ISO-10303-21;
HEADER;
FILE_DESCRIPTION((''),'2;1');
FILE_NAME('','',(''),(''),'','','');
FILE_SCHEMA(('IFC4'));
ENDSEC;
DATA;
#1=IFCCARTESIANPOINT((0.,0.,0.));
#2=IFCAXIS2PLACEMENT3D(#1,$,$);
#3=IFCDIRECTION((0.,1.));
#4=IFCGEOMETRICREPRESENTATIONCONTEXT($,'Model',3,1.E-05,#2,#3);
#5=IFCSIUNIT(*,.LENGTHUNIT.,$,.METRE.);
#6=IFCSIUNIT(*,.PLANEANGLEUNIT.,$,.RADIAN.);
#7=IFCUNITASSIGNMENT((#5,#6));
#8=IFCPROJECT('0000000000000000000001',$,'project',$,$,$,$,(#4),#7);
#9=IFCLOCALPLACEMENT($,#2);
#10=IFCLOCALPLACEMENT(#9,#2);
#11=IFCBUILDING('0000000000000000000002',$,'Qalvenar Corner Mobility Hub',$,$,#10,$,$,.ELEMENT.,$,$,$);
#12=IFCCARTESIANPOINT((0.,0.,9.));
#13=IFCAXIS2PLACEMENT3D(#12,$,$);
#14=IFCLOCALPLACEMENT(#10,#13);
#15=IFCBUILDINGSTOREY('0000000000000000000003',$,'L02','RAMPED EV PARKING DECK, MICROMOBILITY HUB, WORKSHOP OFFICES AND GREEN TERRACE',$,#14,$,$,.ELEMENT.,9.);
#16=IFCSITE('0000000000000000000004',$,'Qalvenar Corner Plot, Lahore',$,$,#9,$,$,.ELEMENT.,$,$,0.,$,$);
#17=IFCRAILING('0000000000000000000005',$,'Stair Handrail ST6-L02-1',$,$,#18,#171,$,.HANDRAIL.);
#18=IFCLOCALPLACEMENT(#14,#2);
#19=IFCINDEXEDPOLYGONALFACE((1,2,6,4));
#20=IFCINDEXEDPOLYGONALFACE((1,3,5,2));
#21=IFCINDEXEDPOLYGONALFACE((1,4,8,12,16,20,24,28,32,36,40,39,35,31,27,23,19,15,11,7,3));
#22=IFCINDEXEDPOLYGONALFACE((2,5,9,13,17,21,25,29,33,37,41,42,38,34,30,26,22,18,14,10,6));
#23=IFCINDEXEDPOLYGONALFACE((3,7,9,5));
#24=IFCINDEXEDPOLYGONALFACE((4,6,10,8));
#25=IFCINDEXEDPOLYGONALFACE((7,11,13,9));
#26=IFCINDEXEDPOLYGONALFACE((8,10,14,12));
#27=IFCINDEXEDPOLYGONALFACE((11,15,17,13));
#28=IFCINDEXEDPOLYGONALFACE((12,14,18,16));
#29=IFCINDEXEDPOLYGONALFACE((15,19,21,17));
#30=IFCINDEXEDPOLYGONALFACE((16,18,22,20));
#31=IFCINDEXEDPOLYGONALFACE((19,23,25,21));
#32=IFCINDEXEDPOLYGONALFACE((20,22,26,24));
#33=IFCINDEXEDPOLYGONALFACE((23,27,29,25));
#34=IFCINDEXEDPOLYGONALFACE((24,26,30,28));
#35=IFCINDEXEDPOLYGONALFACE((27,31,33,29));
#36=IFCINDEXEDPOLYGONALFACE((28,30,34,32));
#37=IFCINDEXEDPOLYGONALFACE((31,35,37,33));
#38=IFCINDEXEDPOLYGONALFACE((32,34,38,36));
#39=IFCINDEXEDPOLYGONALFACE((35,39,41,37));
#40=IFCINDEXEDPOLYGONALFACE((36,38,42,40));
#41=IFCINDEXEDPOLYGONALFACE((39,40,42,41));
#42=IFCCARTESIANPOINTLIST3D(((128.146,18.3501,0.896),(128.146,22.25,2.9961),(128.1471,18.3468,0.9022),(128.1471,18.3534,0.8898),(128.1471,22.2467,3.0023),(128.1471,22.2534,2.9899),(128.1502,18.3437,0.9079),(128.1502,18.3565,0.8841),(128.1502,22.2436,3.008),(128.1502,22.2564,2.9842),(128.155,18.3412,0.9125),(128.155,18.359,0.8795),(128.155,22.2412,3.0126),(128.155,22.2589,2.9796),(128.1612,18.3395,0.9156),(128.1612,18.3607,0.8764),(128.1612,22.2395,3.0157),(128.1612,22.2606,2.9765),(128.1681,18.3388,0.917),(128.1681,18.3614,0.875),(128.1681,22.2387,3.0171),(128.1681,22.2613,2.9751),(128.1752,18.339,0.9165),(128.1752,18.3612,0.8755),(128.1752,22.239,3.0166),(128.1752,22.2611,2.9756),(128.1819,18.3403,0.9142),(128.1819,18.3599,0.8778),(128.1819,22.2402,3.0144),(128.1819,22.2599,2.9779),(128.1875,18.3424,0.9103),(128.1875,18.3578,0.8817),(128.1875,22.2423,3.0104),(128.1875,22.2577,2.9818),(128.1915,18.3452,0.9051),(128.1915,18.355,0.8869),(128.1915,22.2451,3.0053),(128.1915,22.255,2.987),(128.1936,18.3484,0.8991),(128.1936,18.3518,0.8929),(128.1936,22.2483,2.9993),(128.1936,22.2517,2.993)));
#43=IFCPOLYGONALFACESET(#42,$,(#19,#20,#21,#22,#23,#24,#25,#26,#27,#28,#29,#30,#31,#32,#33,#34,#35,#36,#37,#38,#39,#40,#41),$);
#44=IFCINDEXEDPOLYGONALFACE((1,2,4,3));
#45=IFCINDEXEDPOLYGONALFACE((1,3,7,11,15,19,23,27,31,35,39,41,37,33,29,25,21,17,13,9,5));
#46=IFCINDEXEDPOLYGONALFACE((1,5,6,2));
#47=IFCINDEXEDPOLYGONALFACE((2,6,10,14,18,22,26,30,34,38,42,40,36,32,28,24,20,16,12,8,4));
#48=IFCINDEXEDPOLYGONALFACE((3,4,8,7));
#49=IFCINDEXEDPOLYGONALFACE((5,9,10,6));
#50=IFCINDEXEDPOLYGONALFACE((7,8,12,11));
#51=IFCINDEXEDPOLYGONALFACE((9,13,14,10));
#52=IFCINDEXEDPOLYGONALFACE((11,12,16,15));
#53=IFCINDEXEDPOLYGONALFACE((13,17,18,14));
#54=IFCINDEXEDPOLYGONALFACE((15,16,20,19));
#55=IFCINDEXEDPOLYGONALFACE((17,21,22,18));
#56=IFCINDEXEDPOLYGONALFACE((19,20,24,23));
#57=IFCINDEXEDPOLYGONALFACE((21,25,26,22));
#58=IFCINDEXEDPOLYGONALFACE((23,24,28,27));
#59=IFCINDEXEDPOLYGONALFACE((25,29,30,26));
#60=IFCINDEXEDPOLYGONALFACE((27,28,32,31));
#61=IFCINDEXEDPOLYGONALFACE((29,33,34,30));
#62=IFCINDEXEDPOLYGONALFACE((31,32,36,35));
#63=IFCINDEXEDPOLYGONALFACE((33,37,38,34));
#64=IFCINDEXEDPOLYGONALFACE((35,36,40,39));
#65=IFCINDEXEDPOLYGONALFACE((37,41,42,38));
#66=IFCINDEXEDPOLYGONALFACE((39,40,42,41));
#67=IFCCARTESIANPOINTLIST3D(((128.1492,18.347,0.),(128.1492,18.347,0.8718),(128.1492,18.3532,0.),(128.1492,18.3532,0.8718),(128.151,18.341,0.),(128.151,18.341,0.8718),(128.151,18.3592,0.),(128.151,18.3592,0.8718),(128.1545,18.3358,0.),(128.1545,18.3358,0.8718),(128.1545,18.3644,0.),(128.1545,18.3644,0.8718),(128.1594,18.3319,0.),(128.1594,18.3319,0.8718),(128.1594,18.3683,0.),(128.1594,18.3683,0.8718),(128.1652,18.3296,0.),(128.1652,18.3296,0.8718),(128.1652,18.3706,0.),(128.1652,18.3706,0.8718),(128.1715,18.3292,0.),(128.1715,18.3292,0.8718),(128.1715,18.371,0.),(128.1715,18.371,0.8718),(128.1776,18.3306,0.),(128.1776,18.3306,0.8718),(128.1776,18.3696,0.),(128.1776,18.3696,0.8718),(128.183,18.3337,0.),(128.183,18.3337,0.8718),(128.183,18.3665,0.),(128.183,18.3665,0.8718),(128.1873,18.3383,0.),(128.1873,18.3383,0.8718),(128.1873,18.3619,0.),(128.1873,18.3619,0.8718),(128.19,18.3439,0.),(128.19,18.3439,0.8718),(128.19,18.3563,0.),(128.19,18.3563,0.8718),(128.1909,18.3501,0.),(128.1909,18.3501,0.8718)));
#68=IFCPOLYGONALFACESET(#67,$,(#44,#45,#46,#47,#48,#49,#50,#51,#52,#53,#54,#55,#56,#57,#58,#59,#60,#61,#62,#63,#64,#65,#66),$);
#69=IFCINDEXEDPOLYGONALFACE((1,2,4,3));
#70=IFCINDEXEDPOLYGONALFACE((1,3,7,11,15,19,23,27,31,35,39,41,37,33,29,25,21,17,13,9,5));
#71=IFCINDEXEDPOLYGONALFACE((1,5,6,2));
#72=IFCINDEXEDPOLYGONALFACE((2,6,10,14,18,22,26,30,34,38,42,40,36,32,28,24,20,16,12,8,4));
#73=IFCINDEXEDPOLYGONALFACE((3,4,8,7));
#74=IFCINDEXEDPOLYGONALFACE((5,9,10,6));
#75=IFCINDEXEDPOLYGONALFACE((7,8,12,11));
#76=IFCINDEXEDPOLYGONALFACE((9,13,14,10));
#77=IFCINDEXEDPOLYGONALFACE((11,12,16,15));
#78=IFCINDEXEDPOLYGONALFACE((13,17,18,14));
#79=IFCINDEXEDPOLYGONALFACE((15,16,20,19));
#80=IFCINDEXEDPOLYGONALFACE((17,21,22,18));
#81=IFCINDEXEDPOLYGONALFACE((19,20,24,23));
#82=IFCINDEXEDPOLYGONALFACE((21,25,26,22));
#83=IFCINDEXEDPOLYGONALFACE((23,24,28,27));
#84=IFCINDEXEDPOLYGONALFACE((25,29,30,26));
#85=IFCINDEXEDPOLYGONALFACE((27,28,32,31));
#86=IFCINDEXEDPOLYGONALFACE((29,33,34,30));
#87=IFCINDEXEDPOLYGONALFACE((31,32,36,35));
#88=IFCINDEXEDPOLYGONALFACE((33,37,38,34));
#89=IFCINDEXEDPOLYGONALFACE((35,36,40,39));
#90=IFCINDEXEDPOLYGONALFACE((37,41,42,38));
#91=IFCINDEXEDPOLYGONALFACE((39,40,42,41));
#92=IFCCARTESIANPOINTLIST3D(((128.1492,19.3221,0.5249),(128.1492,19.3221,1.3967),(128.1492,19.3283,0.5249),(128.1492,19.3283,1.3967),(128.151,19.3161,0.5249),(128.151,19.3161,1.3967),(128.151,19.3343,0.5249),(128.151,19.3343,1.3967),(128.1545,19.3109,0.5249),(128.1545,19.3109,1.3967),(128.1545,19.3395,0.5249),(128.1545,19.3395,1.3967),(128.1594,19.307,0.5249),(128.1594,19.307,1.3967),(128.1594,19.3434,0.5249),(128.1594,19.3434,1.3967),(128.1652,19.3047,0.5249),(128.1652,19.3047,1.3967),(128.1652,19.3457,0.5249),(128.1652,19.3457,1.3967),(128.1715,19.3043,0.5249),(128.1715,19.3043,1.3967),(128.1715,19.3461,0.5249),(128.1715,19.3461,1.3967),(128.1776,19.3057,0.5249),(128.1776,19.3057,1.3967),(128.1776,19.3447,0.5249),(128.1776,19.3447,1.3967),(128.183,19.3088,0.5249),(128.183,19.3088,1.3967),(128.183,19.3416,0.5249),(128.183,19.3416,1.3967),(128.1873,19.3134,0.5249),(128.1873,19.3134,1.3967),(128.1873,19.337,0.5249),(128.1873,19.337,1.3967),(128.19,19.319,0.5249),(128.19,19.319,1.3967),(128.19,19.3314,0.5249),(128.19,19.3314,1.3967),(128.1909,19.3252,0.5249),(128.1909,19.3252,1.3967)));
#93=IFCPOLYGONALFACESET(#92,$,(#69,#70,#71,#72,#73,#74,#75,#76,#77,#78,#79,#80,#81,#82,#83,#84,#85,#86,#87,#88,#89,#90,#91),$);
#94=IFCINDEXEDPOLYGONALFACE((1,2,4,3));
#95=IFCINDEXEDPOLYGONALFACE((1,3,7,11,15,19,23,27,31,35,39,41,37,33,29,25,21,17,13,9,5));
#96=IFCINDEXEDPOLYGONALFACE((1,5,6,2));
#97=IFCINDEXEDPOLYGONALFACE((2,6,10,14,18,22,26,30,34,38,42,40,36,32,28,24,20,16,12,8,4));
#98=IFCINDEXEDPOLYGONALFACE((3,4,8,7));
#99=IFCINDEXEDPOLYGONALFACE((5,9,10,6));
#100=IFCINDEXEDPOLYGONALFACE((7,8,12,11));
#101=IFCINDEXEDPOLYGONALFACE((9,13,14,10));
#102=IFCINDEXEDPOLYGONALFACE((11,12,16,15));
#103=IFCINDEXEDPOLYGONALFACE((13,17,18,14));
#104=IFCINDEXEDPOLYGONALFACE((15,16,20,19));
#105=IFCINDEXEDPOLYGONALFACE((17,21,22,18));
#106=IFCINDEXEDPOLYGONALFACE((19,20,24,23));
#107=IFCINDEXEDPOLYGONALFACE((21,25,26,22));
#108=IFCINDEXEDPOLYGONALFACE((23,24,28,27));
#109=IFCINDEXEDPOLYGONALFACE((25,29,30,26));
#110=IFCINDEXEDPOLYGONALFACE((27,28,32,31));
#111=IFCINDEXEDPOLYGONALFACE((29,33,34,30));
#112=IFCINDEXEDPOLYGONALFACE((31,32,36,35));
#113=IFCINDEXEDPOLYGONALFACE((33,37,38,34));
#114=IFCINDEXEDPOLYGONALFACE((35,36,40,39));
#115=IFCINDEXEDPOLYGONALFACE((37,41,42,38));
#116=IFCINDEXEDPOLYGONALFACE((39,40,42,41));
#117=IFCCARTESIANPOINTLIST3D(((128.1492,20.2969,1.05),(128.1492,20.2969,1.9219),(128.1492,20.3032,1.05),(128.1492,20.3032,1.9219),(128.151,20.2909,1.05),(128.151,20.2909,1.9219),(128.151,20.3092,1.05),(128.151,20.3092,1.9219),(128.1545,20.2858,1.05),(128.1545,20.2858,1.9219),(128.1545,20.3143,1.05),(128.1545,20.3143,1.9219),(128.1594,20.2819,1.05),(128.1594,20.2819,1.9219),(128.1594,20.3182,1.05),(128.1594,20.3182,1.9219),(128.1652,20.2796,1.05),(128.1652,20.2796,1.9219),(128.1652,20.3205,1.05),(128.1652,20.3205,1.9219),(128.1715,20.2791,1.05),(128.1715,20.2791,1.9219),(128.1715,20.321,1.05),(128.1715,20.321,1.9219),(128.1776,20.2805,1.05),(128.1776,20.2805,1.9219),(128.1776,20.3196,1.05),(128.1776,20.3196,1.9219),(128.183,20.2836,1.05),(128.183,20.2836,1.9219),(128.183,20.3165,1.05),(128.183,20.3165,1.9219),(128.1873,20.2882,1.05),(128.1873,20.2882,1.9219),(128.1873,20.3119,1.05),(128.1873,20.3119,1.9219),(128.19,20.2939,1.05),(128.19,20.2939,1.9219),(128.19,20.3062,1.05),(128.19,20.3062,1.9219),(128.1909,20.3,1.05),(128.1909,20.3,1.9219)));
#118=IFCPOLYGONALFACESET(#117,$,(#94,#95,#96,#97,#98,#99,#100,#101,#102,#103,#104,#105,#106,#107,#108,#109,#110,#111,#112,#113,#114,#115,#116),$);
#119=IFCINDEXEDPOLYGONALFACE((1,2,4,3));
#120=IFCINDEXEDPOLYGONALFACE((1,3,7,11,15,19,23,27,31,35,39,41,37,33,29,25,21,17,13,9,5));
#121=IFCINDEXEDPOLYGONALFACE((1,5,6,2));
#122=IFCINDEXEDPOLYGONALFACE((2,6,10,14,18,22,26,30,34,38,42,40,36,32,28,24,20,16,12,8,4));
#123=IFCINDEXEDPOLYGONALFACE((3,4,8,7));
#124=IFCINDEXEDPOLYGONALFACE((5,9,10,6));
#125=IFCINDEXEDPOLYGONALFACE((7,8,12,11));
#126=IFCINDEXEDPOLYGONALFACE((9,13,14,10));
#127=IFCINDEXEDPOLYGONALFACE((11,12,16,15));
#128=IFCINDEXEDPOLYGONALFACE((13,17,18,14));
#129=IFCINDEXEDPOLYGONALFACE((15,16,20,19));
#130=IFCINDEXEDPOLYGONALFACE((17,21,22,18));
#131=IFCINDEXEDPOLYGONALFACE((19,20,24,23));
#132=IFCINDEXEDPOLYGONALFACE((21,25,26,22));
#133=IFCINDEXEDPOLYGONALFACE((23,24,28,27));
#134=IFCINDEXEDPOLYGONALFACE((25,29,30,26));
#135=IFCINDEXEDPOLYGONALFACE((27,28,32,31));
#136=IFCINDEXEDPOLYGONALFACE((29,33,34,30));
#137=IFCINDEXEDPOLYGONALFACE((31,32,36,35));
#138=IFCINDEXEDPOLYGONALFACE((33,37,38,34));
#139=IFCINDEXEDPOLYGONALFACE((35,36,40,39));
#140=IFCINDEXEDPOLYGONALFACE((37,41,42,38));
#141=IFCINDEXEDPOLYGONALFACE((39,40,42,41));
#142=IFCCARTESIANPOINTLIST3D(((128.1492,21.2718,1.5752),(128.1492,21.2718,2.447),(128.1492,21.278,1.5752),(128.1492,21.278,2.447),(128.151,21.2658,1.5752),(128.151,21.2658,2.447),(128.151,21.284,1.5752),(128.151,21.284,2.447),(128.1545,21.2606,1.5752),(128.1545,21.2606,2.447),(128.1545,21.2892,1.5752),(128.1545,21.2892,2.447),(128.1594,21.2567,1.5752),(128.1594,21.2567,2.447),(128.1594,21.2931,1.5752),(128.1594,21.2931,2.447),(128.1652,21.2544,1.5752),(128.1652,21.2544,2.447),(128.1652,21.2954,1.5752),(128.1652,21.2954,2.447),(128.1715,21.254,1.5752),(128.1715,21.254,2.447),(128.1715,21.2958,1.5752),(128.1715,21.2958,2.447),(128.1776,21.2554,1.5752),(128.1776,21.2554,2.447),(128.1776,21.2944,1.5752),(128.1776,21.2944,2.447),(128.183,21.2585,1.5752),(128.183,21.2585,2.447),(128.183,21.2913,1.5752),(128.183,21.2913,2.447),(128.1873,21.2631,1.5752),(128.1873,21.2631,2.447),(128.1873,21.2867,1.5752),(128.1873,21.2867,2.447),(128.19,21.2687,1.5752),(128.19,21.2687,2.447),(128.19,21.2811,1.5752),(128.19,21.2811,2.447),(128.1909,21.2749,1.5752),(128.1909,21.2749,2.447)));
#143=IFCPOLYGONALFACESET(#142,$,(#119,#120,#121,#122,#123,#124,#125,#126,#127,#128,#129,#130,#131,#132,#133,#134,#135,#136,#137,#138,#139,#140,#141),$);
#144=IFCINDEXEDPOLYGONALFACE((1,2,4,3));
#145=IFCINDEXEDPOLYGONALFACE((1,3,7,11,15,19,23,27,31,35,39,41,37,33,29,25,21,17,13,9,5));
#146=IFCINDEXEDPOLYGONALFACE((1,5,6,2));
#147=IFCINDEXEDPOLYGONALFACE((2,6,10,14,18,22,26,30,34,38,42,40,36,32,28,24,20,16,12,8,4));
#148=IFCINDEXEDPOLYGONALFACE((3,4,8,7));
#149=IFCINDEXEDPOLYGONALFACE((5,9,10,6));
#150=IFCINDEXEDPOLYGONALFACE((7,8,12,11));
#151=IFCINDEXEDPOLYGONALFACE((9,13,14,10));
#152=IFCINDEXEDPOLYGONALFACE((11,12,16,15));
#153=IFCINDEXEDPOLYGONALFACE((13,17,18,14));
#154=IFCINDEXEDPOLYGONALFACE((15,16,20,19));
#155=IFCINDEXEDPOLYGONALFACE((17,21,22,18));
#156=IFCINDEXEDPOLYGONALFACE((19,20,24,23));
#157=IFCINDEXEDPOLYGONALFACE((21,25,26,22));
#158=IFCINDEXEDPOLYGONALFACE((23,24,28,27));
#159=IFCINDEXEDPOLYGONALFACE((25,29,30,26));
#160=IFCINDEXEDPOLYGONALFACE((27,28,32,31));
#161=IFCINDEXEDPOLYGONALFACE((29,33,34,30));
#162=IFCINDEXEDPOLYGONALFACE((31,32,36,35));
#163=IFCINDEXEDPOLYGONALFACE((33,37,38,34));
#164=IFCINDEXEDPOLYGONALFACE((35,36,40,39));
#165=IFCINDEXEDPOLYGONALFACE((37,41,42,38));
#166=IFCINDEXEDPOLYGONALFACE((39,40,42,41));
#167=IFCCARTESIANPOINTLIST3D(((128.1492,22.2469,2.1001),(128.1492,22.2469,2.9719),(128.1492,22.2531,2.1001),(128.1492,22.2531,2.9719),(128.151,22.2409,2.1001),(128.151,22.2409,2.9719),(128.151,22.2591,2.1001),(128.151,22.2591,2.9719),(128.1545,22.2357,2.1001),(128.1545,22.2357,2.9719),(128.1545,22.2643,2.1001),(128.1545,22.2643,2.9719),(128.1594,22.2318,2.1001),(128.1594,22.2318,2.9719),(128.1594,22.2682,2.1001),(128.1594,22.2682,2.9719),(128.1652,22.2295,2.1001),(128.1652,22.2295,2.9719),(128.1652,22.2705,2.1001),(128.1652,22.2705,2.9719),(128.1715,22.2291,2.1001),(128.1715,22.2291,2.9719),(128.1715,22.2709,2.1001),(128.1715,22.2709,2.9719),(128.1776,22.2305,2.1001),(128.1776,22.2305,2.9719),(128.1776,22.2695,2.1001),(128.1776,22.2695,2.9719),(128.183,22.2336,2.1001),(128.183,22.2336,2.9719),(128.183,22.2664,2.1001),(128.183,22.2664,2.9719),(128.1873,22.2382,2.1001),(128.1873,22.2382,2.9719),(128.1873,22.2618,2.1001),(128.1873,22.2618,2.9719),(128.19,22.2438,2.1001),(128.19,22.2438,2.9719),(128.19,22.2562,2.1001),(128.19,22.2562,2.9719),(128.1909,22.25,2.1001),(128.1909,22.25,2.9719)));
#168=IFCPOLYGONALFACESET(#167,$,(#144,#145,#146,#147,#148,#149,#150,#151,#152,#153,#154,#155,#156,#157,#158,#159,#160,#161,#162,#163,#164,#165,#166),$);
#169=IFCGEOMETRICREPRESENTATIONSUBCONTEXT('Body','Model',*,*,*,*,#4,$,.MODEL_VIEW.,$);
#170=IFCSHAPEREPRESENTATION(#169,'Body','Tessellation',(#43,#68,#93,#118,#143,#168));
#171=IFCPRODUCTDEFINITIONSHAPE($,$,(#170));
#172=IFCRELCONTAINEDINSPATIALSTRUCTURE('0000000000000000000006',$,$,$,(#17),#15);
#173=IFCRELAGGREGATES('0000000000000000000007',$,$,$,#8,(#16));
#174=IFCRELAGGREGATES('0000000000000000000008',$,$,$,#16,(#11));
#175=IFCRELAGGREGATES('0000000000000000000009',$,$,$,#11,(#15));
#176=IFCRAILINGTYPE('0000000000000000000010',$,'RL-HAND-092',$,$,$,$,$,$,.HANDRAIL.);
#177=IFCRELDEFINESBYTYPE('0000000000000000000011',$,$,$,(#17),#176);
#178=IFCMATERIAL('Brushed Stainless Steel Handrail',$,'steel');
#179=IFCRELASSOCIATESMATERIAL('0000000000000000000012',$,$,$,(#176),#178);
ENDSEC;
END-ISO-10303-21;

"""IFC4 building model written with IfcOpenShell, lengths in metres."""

from ifc_helpers import new_model, si_unit, direction, frame, origin, origin_2d, place, context, subcontext, project, spatial, circle, extrude, material, type_object, element, save


model = new_model("IFC4")

# Units and contexts
model_context = context("Model", 3, precision=1e-05, world=origin(), true_north=direction((0.0, 1.0)))
body_context = subcontext(model_context, "Body", "Model", "MODEL_VIEW")
ifc_project = project(units=[si_unit("LENGTHUNIT", "METRE"), si_unit("PLANEANGLEUNIT", "RADIAN")], contexts=[model_context])

# Site, building, storey
site_placement = place(None, origin())
site = spatial("IfcSite", under=ifc_project, at=site_placement, Name="Qalvenar Corner Plot, Lahore", CompositionType="ELEMENT", RefElevation=0.0)
building_placement = place(site_placement, origin())
building = spatial("IfcBuilding", under=site, at=building_placement, Name="Qalvenar Corner Mobility Hub", CompositionType="ELEMENT")
storey_placement = place(building_placement, frame((0.0, 0.0, 9.0)))
storey = spatial("IfcBuildingStorey", under=building, at=storey_placement, Name="L02", Description="RAMPED EV PARKING DECK, MICROMOBILITY HUB, WORKSHOP OFFICES AND GREEN TERRACE", CompositionType="ELEMENT", Elevation=9.0)

# Railing
ifc_material_1 = material(Name="Brushed Stainless Steel Handrail", Category="steel")
railing_type_1 = type_object("IfcRailingType", Name="RL-HAND-092", PredefinedType="HANDRAIL", material=ifc_material_1)
railing_1_placement = place(storey_placement, frame((128.1699, 18.3501, 0.0)))
element("IfcRailing", 1, at=railing_1_placement, inside=storey, type_object=railing_type_1, Name="Stair Handrail ST6-L02-1", PredefinedType="HANDRAIL", context=body_context, shape_type="SweptSolid", body=[
    extrude(circle(Radius=0.0239, at=origin_2d()), frame((0.0, 0.0, 0.896), z_axis=(0.0, 0.880457, 0.474126), x_axis=(-1.0, 0.0, 0.0)), (0.0, 0.0, 1.0), 4.4294),
    extrude(circle(Radius=0.021, at=origin_2d()), origin(), (0.0, 0.0, 1.0), 0.8718),
    extrude(circle(Radius=0.021, at=origin_2d()), frame((0.0, 0.9751, 0.5249)), (0.0, 0.0, 1.0), 0.8718),
    extrude(circle(Radius=0.021, at=origin_2d()), frame((0.0, 1.95, 1.05)), (0.0, 0.0, 1.0), 0.8718),
    extrude(circle(Radius=0.021, at=origin_2d()), frame((0.0, 2.9248, 1.5752)), (0.0, 0.0, 1.0), 0.8718),
    extrude(circle(Radius=0.021, at=origin_2d()), frame((0.0, 3.8999, 2.1001)), (0.0, 0.0, 1.0), 0.8718),
])

save(model, "model.ifc")
